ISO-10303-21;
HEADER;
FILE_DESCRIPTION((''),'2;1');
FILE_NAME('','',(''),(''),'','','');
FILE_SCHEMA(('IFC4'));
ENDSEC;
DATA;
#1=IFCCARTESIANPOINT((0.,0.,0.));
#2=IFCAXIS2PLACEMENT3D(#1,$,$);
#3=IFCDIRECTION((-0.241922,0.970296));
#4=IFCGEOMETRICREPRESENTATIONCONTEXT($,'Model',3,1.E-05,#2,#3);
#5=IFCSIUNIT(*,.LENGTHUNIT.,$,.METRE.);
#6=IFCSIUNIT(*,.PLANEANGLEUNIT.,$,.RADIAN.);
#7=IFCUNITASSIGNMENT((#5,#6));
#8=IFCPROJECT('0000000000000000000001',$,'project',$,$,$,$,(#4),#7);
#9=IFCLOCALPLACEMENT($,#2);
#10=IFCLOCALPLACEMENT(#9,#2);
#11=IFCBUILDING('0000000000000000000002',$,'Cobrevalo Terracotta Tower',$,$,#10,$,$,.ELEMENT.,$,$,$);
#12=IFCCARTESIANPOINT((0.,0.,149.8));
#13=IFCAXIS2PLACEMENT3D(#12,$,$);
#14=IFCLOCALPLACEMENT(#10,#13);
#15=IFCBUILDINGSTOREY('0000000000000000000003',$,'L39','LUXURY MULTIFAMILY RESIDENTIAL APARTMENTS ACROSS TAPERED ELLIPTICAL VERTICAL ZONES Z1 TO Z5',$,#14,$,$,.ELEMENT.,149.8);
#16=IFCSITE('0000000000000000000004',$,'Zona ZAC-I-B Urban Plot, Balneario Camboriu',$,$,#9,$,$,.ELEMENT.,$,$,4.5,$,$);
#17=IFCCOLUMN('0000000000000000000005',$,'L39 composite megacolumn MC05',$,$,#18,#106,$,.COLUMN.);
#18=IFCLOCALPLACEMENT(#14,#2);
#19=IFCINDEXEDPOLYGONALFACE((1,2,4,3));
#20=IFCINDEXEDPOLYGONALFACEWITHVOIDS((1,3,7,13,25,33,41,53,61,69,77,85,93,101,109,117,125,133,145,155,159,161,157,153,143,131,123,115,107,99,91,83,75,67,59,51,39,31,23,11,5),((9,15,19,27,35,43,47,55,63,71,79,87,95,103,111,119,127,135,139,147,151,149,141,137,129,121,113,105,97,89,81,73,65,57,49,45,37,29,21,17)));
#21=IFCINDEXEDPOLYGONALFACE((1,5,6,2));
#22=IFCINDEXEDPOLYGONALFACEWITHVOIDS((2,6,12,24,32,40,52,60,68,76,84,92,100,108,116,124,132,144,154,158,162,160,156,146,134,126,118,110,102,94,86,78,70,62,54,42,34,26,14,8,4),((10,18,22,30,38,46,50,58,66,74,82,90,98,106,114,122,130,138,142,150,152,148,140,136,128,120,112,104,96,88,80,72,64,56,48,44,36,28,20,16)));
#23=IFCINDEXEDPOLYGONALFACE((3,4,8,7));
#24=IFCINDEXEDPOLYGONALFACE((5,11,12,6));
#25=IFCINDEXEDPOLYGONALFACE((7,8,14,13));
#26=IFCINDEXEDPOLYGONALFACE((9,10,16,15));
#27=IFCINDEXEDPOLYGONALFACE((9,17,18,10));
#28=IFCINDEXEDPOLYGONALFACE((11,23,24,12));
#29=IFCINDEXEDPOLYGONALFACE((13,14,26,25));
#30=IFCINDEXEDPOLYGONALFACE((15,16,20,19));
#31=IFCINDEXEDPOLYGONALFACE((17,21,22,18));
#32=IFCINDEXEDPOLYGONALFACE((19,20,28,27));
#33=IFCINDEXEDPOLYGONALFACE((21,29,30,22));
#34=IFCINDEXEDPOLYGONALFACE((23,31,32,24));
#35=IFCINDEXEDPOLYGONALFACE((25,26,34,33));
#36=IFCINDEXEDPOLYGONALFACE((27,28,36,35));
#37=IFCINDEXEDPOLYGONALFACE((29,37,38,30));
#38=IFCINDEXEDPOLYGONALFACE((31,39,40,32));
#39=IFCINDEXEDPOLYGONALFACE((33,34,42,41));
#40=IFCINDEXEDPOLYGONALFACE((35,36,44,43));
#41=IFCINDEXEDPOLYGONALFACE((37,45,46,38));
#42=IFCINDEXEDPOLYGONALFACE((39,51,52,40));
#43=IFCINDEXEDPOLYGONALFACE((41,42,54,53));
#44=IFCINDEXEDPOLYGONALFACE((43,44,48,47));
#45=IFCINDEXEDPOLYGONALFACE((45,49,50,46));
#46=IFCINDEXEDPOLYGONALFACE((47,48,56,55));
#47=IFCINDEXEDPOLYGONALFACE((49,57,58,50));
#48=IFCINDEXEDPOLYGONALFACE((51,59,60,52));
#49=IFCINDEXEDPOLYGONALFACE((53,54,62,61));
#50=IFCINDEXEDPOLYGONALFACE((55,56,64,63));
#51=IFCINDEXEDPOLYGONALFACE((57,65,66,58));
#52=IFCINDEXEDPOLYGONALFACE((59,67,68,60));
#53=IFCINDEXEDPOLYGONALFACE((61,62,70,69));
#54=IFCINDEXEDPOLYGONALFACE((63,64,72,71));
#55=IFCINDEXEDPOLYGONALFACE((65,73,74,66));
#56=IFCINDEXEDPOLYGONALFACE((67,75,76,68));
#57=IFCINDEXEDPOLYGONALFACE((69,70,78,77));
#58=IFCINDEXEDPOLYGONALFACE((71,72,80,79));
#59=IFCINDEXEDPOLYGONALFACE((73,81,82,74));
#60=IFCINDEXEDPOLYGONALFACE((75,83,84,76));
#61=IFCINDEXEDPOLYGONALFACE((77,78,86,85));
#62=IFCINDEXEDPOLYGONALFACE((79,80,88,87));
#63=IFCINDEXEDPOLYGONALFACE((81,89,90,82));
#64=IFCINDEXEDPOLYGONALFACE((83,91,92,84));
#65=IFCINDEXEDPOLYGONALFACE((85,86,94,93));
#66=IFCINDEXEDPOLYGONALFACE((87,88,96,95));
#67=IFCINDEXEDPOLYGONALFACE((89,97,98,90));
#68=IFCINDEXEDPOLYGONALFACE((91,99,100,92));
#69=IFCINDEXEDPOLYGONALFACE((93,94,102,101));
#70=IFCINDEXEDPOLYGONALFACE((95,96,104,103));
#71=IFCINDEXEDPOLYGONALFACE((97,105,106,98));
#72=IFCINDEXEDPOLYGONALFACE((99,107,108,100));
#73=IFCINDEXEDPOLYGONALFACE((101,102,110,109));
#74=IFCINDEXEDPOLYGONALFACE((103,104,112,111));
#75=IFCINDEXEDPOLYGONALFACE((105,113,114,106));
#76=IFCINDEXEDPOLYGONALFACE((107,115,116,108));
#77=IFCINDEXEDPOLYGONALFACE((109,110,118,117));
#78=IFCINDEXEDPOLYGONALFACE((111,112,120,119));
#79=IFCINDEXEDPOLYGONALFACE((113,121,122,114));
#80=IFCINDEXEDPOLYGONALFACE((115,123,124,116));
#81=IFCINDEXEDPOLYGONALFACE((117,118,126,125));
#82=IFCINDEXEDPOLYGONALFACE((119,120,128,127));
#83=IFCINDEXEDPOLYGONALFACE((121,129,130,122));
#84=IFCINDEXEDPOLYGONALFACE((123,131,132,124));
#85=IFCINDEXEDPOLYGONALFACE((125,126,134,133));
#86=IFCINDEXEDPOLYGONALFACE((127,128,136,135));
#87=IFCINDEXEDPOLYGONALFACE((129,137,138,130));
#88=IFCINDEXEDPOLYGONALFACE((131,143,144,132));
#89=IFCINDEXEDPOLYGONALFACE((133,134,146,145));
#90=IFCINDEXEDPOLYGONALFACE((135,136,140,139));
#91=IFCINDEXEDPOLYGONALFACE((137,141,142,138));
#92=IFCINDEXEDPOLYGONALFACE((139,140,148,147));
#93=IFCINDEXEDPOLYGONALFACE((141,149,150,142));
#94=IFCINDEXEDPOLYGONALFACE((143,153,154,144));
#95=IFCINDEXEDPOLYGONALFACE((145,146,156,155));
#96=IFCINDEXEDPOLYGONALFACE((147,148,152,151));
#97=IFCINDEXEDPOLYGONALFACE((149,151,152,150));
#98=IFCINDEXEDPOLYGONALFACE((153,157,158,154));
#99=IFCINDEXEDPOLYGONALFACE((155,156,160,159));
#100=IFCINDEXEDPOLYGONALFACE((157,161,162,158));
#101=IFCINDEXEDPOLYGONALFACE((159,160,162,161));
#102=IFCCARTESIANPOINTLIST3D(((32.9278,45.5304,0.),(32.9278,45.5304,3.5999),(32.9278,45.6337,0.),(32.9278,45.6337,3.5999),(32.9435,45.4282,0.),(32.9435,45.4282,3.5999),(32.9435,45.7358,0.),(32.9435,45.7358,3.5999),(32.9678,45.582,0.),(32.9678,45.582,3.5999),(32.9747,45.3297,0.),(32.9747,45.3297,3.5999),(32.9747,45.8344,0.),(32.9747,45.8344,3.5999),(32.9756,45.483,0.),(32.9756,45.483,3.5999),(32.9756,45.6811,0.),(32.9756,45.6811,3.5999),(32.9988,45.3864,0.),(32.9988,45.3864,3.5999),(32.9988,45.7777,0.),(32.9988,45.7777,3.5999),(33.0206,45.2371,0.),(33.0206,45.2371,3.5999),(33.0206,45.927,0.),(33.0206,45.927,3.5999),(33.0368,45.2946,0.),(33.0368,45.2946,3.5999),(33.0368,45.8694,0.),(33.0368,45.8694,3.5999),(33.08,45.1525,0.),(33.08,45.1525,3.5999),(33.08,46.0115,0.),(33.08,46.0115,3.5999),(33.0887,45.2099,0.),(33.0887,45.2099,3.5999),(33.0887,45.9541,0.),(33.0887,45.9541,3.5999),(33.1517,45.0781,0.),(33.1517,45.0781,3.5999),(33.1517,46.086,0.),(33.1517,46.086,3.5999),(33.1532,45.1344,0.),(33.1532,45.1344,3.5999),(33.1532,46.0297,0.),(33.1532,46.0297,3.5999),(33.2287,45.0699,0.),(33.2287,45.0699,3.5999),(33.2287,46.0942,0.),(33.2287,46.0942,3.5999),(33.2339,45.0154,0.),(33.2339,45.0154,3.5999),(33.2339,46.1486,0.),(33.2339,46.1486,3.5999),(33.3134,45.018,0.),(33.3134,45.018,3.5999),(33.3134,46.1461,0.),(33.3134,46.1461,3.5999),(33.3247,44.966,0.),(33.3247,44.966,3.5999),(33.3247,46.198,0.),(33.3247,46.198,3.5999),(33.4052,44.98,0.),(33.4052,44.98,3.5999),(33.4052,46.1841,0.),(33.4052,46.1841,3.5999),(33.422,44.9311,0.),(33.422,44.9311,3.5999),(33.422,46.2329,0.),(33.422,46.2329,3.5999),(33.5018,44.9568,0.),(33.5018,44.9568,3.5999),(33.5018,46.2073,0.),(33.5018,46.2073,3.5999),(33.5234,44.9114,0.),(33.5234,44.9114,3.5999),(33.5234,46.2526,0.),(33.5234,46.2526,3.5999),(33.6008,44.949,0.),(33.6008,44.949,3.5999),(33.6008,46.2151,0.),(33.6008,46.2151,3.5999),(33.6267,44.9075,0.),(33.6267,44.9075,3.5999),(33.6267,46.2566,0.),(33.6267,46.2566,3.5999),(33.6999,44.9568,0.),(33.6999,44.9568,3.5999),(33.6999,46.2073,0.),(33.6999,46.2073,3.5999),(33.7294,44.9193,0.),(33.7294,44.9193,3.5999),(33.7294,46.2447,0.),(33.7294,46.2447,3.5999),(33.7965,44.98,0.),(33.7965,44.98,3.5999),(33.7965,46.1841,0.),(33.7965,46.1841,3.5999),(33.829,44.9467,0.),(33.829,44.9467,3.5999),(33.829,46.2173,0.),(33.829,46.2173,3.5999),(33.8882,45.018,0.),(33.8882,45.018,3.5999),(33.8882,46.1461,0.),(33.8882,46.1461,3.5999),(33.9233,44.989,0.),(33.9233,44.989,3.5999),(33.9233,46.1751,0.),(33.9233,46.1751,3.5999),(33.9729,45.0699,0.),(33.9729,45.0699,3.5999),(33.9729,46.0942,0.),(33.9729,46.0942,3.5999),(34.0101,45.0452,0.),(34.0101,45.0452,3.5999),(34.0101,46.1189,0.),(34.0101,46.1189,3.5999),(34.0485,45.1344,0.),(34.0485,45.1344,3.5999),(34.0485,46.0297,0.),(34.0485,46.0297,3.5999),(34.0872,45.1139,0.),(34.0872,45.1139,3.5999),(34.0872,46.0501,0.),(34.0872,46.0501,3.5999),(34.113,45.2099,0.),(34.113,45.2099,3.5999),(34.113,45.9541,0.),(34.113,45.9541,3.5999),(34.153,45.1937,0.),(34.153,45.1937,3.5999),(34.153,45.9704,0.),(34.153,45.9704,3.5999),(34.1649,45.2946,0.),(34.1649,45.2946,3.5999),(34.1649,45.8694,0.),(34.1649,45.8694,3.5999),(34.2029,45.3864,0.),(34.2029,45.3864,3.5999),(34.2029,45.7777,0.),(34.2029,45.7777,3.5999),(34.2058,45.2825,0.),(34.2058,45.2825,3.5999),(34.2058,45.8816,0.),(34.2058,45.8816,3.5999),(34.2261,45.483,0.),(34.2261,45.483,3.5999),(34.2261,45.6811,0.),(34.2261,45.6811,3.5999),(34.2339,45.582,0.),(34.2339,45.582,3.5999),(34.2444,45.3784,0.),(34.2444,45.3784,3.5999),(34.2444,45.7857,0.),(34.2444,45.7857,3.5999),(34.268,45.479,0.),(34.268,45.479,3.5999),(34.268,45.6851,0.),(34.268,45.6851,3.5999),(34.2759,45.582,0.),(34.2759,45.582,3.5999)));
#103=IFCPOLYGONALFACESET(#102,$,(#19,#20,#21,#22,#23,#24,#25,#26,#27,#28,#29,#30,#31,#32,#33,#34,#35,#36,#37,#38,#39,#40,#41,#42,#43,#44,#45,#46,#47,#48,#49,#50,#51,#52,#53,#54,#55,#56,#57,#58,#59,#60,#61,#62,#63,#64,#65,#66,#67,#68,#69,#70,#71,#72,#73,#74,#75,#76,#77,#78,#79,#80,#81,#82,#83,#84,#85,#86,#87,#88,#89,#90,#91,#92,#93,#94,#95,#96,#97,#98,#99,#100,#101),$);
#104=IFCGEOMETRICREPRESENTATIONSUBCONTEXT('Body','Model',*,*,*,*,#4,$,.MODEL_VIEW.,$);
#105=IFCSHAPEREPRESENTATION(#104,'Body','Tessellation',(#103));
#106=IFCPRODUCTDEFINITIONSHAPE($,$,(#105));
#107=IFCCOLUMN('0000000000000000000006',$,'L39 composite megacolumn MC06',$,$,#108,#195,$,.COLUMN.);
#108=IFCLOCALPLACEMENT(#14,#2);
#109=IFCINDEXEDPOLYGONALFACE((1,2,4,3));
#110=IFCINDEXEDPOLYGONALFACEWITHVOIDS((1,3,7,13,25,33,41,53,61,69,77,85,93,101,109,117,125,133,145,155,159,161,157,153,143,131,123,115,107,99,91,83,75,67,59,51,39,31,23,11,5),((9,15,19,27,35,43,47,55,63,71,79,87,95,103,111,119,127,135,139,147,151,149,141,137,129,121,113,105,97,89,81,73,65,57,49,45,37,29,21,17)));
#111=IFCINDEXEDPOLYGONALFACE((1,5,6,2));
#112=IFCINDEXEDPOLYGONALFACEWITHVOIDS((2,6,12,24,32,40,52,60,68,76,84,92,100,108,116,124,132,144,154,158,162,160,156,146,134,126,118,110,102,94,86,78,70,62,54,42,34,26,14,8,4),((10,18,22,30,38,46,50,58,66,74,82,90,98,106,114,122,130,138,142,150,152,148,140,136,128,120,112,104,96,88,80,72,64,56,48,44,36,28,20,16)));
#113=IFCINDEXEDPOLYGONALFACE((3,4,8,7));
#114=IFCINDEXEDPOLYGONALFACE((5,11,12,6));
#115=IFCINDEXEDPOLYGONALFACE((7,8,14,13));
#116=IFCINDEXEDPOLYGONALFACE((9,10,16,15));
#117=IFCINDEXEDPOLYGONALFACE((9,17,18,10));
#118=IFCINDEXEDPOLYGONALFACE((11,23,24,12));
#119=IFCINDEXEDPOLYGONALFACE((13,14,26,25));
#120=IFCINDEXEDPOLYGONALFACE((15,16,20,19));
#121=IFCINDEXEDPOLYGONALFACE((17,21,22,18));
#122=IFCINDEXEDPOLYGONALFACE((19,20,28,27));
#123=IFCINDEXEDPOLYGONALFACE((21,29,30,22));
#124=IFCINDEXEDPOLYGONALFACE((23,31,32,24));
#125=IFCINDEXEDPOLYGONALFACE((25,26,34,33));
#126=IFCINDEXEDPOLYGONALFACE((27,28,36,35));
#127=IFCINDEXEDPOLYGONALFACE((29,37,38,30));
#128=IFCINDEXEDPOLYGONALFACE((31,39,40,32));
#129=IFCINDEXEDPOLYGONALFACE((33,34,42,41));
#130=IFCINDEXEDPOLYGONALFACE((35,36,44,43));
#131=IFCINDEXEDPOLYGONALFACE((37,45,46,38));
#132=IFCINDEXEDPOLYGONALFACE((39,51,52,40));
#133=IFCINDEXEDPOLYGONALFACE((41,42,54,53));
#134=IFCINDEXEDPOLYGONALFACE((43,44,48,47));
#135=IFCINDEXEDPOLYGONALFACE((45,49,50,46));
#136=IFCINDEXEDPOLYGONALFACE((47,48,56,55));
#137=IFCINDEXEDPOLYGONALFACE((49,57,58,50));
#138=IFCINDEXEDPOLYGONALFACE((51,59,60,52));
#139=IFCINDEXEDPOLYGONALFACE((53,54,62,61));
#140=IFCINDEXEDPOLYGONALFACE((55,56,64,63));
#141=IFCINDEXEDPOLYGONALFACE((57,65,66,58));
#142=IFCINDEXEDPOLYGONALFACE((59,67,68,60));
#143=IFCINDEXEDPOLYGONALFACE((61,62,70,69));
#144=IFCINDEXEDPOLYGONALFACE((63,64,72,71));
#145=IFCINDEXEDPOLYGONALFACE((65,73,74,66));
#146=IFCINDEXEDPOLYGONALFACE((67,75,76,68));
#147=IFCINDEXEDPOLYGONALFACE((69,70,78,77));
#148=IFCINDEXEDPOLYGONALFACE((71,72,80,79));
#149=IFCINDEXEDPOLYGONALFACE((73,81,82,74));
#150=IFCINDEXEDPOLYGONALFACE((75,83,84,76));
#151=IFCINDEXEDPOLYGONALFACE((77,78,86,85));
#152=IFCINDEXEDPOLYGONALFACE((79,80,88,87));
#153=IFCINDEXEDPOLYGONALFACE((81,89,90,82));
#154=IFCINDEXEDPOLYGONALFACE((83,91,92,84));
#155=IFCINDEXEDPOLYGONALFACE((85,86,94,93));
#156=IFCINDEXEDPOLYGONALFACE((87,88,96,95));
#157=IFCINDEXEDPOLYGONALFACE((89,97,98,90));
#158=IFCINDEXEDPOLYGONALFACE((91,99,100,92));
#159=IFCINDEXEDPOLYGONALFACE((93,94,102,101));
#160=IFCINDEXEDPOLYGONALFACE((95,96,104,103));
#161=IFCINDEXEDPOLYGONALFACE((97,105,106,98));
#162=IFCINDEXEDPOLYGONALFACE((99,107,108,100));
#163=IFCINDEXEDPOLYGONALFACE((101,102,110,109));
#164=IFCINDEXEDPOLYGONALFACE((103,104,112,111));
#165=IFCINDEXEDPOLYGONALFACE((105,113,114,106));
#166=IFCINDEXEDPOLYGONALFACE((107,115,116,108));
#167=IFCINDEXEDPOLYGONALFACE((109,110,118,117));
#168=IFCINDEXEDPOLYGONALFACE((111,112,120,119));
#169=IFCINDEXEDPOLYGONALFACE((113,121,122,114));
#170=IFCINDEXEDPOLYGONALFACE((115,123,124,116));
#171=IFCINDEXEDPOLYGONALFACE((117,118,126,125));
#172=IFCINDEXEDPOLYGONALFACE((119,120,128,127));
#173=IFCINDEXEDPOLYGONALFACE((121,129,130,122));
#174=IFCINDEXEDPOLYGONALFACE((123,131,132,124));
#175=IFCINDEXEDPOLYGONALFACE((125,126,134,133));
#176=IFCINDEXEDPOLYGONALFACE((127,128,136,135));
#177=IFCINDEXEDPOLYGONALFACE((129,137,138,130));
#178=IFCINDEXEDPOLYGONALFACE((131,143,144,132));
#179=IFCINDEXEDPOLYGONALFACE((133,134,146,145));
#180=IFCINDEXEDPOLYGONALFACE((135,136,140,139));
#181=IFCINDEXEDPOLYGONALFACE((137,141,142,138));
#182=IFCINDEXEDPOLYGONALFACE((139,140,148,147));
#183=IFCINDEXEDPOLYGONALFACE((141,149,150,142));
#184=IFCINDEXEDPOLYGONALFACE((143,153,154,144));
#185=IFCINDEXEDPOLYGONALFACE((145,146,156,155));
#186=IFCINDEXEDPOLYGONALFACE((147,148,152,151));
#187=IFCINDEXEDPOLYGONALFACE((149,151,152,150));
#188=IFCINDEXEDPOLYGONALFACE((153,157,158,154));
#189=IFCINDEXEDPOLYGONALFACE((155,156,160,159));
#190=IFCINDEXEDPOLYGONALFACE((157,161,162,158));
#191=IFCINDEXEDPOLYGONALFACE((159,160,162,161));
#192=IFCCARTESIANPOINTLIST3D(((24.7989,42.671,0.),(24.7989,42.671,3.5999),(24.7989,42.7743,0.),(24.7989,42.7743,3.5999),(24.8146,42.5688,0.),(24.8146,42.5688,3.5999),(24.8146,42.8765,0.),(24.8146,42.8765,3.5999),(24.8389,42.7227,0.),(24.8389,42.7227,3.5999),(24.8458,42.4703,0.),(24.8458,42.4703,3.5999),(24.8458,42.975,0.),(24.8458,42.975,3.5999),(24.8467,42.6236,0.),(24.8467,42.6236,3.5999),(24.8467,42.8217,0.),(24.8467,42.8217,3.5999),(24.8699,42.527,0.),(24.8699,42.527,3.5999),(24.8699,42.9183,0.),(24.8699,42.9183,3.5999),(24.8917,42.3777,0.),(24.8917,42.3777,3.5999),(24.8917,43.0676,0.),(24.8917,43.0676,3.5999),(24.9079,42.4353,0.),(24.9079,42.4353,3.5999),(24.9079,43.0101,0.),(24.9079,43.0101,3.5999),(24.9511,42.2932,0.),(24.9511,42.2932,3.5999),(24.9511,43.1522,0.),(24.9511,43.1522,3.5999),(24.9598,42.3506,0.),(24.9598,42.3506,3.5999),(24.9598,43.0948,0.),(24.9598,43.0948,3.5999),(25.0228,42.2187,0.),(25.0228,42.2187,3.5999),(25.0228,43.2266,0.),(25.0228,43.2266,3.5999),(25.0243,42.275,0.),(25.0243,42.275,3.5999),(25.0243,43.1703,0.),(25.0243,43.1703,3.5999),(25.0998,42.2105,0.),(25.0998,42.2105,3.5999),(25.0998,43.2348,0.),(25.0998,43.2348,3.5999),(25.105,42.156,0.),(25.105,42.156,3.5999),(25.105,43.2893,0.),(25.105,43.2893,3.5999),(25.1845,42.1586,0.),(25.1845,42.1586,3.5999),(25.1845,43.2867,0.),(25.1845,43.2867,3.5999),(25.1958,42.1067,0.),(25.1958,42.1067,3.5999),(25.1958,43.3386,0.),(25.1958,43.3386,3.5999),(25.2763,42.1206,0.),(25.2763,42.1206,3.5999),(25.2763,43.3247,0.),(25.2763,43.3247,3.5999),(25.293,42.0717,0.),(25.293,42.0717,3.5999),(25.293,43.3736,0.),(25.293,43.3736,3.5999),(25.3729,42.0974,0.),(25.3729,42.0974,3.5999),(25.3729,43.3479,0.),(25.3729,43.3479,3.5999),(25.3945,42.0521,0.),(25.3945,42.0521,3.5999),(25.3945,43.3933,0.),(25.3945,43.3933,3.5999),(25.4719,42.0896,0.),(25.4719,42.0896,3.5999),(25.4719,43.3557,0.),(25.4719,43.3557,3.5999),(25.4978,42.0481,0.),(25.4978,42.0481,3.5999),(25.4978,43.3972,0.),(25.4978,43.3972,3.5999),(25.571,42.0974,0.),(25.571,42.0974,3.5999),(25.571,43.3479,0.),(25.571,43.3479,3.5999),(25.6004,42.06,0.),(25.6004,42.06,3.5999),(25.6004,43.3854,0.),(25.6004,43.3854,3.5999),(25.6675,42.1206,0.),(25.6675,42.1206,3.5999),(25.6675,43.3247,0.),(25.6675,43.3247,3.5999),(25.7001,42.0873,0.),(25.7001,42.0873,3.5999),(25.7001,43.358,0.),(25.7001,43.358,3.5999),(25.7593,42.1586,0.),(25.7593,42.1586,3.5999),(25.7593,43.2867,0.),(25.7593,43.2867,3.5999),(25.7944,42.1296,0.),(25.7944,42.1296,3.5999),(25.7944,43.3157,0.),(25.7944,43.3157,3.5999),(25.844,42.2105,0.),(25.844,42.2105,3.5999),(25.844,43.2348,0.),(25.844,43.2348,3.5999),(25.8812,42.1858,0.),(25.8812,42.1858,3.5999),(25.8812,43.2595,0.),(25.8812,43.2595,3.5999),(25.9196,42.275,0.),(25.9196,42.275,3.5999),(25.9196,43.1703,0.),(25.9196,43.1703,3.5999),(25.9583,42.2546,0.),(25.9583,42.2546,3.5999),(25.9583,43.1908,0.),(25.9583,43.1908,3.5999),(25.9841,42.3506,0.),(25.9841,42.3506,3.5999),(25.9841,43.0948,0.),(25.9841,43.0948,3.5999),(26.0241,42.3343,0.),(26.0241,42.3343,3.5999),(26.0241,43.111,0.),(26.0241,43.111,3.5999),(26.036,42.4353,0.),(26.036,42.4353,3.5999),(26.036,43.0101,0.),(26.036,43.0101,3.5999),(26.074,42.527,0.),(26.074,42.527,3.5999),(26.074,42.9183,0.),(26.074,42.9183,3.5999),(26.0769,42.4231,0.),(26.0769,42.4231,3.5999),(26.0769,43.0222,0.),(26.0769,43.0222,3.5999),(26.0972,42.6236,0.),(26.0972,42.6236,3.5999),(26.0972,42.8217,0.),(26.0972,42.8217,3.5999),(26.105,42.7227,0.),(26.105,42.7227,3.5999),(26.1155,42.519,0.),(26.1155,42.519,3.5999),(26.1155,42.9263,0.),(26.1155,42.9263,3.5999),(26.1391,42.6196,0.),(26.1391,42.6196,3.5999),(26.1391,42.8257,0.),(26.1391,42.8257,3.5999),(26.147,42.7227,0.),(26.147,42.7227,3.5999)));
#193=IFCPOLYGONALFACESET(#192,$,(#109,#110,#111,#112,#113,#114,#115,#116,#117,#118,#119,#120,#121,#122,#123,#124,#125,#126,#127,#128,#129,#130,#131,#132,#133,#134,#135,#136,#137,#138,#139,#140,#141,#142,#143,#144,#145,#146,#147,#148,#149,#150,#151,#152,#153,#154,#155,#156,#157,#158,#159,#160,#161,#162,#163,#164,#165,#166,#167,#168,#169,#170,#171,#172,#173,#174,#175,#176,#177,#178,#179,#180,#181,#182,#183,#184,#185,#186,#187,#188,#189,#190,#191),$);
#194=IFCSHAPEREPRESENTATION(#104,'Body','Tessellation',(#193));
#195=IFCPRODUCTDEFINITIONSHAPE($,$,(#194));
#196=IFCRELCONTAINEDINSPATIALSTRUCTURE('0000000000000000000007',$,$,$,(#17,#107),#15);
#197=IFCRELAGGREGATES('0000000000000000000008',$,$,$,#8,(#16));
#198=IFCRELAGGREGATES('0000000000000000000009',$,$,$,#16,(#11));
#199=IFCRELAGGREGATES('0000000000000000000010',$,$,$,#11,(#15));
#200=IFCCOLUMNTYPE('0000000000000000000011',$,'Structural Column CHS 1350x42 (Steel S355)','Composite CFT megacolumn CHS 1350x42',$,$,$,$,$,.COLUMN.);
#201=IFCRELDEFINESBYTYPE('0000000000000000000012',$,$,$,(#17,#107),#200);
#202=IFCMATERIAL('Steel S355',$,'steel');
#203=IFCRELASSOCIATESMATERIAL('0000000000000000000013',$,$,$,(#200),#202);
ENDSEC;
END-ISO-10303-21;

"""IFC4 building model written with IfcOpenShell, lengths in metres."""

from ifc_helpers import new_model, si_unit, direction, frame, origin, origin_2d, place, context, subcontext, project, spatial, hollow_circle, extrude, material, material_profile, profile_set, type_object, element, save


model = new_model("IFC4")

# Units and contexts
model_context = context("Model", 3, precision=1e-05, world=origin(), true_north=direction((-0.241922, 0.970296)))
body_context = subcontext(model_context, "Body", "Model", "MODEL_VIEW")
ifc_project = project(units=[si_unit("LENGTHUNIT", "METRE"), si_unit("PLANEANGLEUNIT", "RADIAN")], contexts=[model_context])

# Site, building, storey
site_placement = place(None, origin())
site = spatial("IfcSite", under=ifc_project, at=site_placement, Name="Zona ZAC-I-B Urban Plot, Balneario Camboriu", CompositionType="ELEMENT", RefElevation=4.5)
building_placement = place(site_placement, origin())
building = spatial("IfcBuilding", under=site, at=building_placement, Name="Cobrevalo Terracotta Tower", CompositionType="ELEMENT")
storey_placement = place(building_placement, frame((0.0, 0.0, 149.8)))
storey = spatial("IfcBuildingStorey", under=building, at=storey_placement, Name="L39", Description="LUXURY MULTIFAMILY RESIDENTIAL APARTMENTS ACROSS TAPERED ELLIPTICAL VERTICAL ZONES Z1 TO Z5", CompositionType="ELEMENT", Elevation=149.8)

# Columns
ifc_material_1 = material(Name="Steel S355", Category="steel")
ifc_material_profile_1 = material_profile(ifc_material_1, hollow_circle(Radius=0.675, WallThickness=0.042, at=origin_2d()), Name="CHS 1350x42")
ifc_profile_set_1 = profile_set([ifc_material_profile_1], Name="Steel S355")
column_type = type_object("IfcColumnType", Name="Structural Column CHS 1350x42 (Steel S355)", Description="Composite CFT megacolumn CHS 1350x42", PredefinedType="COLUMN", material=ifc_profile_set_1)
for number, where, z_axis, x_axis, name in (
    (1, (33.6008, 45.582, 0.0), (0.0, 0.0, 1.0), (1.0, 0.0, 0.0), "L39 composite megacolumn MC05"),
    (2, (25.4719, 42.7227, 0.0), (0.0, 0.0, 1.0), (1.0, 0.0, 0.0), "L39 composite megacolumn MC06"),
):
    element("IfcColumn", number, at=place(storey_placement, frame(where, z_axis=z_axis, x_axis=x_axis)), inside=storey, type_object=column_type, Name=name, PredefinedType="COLUMN", context=body_context, shape_type="SweptSolid", body=[
        extrude(hollow_circle(Radius=0.675, WallThickness=0.042, at=origin_2d()), origin(), (0.0, 0.0, 1.0), 3.5999),
    ])

save(model, "model.ifc")
